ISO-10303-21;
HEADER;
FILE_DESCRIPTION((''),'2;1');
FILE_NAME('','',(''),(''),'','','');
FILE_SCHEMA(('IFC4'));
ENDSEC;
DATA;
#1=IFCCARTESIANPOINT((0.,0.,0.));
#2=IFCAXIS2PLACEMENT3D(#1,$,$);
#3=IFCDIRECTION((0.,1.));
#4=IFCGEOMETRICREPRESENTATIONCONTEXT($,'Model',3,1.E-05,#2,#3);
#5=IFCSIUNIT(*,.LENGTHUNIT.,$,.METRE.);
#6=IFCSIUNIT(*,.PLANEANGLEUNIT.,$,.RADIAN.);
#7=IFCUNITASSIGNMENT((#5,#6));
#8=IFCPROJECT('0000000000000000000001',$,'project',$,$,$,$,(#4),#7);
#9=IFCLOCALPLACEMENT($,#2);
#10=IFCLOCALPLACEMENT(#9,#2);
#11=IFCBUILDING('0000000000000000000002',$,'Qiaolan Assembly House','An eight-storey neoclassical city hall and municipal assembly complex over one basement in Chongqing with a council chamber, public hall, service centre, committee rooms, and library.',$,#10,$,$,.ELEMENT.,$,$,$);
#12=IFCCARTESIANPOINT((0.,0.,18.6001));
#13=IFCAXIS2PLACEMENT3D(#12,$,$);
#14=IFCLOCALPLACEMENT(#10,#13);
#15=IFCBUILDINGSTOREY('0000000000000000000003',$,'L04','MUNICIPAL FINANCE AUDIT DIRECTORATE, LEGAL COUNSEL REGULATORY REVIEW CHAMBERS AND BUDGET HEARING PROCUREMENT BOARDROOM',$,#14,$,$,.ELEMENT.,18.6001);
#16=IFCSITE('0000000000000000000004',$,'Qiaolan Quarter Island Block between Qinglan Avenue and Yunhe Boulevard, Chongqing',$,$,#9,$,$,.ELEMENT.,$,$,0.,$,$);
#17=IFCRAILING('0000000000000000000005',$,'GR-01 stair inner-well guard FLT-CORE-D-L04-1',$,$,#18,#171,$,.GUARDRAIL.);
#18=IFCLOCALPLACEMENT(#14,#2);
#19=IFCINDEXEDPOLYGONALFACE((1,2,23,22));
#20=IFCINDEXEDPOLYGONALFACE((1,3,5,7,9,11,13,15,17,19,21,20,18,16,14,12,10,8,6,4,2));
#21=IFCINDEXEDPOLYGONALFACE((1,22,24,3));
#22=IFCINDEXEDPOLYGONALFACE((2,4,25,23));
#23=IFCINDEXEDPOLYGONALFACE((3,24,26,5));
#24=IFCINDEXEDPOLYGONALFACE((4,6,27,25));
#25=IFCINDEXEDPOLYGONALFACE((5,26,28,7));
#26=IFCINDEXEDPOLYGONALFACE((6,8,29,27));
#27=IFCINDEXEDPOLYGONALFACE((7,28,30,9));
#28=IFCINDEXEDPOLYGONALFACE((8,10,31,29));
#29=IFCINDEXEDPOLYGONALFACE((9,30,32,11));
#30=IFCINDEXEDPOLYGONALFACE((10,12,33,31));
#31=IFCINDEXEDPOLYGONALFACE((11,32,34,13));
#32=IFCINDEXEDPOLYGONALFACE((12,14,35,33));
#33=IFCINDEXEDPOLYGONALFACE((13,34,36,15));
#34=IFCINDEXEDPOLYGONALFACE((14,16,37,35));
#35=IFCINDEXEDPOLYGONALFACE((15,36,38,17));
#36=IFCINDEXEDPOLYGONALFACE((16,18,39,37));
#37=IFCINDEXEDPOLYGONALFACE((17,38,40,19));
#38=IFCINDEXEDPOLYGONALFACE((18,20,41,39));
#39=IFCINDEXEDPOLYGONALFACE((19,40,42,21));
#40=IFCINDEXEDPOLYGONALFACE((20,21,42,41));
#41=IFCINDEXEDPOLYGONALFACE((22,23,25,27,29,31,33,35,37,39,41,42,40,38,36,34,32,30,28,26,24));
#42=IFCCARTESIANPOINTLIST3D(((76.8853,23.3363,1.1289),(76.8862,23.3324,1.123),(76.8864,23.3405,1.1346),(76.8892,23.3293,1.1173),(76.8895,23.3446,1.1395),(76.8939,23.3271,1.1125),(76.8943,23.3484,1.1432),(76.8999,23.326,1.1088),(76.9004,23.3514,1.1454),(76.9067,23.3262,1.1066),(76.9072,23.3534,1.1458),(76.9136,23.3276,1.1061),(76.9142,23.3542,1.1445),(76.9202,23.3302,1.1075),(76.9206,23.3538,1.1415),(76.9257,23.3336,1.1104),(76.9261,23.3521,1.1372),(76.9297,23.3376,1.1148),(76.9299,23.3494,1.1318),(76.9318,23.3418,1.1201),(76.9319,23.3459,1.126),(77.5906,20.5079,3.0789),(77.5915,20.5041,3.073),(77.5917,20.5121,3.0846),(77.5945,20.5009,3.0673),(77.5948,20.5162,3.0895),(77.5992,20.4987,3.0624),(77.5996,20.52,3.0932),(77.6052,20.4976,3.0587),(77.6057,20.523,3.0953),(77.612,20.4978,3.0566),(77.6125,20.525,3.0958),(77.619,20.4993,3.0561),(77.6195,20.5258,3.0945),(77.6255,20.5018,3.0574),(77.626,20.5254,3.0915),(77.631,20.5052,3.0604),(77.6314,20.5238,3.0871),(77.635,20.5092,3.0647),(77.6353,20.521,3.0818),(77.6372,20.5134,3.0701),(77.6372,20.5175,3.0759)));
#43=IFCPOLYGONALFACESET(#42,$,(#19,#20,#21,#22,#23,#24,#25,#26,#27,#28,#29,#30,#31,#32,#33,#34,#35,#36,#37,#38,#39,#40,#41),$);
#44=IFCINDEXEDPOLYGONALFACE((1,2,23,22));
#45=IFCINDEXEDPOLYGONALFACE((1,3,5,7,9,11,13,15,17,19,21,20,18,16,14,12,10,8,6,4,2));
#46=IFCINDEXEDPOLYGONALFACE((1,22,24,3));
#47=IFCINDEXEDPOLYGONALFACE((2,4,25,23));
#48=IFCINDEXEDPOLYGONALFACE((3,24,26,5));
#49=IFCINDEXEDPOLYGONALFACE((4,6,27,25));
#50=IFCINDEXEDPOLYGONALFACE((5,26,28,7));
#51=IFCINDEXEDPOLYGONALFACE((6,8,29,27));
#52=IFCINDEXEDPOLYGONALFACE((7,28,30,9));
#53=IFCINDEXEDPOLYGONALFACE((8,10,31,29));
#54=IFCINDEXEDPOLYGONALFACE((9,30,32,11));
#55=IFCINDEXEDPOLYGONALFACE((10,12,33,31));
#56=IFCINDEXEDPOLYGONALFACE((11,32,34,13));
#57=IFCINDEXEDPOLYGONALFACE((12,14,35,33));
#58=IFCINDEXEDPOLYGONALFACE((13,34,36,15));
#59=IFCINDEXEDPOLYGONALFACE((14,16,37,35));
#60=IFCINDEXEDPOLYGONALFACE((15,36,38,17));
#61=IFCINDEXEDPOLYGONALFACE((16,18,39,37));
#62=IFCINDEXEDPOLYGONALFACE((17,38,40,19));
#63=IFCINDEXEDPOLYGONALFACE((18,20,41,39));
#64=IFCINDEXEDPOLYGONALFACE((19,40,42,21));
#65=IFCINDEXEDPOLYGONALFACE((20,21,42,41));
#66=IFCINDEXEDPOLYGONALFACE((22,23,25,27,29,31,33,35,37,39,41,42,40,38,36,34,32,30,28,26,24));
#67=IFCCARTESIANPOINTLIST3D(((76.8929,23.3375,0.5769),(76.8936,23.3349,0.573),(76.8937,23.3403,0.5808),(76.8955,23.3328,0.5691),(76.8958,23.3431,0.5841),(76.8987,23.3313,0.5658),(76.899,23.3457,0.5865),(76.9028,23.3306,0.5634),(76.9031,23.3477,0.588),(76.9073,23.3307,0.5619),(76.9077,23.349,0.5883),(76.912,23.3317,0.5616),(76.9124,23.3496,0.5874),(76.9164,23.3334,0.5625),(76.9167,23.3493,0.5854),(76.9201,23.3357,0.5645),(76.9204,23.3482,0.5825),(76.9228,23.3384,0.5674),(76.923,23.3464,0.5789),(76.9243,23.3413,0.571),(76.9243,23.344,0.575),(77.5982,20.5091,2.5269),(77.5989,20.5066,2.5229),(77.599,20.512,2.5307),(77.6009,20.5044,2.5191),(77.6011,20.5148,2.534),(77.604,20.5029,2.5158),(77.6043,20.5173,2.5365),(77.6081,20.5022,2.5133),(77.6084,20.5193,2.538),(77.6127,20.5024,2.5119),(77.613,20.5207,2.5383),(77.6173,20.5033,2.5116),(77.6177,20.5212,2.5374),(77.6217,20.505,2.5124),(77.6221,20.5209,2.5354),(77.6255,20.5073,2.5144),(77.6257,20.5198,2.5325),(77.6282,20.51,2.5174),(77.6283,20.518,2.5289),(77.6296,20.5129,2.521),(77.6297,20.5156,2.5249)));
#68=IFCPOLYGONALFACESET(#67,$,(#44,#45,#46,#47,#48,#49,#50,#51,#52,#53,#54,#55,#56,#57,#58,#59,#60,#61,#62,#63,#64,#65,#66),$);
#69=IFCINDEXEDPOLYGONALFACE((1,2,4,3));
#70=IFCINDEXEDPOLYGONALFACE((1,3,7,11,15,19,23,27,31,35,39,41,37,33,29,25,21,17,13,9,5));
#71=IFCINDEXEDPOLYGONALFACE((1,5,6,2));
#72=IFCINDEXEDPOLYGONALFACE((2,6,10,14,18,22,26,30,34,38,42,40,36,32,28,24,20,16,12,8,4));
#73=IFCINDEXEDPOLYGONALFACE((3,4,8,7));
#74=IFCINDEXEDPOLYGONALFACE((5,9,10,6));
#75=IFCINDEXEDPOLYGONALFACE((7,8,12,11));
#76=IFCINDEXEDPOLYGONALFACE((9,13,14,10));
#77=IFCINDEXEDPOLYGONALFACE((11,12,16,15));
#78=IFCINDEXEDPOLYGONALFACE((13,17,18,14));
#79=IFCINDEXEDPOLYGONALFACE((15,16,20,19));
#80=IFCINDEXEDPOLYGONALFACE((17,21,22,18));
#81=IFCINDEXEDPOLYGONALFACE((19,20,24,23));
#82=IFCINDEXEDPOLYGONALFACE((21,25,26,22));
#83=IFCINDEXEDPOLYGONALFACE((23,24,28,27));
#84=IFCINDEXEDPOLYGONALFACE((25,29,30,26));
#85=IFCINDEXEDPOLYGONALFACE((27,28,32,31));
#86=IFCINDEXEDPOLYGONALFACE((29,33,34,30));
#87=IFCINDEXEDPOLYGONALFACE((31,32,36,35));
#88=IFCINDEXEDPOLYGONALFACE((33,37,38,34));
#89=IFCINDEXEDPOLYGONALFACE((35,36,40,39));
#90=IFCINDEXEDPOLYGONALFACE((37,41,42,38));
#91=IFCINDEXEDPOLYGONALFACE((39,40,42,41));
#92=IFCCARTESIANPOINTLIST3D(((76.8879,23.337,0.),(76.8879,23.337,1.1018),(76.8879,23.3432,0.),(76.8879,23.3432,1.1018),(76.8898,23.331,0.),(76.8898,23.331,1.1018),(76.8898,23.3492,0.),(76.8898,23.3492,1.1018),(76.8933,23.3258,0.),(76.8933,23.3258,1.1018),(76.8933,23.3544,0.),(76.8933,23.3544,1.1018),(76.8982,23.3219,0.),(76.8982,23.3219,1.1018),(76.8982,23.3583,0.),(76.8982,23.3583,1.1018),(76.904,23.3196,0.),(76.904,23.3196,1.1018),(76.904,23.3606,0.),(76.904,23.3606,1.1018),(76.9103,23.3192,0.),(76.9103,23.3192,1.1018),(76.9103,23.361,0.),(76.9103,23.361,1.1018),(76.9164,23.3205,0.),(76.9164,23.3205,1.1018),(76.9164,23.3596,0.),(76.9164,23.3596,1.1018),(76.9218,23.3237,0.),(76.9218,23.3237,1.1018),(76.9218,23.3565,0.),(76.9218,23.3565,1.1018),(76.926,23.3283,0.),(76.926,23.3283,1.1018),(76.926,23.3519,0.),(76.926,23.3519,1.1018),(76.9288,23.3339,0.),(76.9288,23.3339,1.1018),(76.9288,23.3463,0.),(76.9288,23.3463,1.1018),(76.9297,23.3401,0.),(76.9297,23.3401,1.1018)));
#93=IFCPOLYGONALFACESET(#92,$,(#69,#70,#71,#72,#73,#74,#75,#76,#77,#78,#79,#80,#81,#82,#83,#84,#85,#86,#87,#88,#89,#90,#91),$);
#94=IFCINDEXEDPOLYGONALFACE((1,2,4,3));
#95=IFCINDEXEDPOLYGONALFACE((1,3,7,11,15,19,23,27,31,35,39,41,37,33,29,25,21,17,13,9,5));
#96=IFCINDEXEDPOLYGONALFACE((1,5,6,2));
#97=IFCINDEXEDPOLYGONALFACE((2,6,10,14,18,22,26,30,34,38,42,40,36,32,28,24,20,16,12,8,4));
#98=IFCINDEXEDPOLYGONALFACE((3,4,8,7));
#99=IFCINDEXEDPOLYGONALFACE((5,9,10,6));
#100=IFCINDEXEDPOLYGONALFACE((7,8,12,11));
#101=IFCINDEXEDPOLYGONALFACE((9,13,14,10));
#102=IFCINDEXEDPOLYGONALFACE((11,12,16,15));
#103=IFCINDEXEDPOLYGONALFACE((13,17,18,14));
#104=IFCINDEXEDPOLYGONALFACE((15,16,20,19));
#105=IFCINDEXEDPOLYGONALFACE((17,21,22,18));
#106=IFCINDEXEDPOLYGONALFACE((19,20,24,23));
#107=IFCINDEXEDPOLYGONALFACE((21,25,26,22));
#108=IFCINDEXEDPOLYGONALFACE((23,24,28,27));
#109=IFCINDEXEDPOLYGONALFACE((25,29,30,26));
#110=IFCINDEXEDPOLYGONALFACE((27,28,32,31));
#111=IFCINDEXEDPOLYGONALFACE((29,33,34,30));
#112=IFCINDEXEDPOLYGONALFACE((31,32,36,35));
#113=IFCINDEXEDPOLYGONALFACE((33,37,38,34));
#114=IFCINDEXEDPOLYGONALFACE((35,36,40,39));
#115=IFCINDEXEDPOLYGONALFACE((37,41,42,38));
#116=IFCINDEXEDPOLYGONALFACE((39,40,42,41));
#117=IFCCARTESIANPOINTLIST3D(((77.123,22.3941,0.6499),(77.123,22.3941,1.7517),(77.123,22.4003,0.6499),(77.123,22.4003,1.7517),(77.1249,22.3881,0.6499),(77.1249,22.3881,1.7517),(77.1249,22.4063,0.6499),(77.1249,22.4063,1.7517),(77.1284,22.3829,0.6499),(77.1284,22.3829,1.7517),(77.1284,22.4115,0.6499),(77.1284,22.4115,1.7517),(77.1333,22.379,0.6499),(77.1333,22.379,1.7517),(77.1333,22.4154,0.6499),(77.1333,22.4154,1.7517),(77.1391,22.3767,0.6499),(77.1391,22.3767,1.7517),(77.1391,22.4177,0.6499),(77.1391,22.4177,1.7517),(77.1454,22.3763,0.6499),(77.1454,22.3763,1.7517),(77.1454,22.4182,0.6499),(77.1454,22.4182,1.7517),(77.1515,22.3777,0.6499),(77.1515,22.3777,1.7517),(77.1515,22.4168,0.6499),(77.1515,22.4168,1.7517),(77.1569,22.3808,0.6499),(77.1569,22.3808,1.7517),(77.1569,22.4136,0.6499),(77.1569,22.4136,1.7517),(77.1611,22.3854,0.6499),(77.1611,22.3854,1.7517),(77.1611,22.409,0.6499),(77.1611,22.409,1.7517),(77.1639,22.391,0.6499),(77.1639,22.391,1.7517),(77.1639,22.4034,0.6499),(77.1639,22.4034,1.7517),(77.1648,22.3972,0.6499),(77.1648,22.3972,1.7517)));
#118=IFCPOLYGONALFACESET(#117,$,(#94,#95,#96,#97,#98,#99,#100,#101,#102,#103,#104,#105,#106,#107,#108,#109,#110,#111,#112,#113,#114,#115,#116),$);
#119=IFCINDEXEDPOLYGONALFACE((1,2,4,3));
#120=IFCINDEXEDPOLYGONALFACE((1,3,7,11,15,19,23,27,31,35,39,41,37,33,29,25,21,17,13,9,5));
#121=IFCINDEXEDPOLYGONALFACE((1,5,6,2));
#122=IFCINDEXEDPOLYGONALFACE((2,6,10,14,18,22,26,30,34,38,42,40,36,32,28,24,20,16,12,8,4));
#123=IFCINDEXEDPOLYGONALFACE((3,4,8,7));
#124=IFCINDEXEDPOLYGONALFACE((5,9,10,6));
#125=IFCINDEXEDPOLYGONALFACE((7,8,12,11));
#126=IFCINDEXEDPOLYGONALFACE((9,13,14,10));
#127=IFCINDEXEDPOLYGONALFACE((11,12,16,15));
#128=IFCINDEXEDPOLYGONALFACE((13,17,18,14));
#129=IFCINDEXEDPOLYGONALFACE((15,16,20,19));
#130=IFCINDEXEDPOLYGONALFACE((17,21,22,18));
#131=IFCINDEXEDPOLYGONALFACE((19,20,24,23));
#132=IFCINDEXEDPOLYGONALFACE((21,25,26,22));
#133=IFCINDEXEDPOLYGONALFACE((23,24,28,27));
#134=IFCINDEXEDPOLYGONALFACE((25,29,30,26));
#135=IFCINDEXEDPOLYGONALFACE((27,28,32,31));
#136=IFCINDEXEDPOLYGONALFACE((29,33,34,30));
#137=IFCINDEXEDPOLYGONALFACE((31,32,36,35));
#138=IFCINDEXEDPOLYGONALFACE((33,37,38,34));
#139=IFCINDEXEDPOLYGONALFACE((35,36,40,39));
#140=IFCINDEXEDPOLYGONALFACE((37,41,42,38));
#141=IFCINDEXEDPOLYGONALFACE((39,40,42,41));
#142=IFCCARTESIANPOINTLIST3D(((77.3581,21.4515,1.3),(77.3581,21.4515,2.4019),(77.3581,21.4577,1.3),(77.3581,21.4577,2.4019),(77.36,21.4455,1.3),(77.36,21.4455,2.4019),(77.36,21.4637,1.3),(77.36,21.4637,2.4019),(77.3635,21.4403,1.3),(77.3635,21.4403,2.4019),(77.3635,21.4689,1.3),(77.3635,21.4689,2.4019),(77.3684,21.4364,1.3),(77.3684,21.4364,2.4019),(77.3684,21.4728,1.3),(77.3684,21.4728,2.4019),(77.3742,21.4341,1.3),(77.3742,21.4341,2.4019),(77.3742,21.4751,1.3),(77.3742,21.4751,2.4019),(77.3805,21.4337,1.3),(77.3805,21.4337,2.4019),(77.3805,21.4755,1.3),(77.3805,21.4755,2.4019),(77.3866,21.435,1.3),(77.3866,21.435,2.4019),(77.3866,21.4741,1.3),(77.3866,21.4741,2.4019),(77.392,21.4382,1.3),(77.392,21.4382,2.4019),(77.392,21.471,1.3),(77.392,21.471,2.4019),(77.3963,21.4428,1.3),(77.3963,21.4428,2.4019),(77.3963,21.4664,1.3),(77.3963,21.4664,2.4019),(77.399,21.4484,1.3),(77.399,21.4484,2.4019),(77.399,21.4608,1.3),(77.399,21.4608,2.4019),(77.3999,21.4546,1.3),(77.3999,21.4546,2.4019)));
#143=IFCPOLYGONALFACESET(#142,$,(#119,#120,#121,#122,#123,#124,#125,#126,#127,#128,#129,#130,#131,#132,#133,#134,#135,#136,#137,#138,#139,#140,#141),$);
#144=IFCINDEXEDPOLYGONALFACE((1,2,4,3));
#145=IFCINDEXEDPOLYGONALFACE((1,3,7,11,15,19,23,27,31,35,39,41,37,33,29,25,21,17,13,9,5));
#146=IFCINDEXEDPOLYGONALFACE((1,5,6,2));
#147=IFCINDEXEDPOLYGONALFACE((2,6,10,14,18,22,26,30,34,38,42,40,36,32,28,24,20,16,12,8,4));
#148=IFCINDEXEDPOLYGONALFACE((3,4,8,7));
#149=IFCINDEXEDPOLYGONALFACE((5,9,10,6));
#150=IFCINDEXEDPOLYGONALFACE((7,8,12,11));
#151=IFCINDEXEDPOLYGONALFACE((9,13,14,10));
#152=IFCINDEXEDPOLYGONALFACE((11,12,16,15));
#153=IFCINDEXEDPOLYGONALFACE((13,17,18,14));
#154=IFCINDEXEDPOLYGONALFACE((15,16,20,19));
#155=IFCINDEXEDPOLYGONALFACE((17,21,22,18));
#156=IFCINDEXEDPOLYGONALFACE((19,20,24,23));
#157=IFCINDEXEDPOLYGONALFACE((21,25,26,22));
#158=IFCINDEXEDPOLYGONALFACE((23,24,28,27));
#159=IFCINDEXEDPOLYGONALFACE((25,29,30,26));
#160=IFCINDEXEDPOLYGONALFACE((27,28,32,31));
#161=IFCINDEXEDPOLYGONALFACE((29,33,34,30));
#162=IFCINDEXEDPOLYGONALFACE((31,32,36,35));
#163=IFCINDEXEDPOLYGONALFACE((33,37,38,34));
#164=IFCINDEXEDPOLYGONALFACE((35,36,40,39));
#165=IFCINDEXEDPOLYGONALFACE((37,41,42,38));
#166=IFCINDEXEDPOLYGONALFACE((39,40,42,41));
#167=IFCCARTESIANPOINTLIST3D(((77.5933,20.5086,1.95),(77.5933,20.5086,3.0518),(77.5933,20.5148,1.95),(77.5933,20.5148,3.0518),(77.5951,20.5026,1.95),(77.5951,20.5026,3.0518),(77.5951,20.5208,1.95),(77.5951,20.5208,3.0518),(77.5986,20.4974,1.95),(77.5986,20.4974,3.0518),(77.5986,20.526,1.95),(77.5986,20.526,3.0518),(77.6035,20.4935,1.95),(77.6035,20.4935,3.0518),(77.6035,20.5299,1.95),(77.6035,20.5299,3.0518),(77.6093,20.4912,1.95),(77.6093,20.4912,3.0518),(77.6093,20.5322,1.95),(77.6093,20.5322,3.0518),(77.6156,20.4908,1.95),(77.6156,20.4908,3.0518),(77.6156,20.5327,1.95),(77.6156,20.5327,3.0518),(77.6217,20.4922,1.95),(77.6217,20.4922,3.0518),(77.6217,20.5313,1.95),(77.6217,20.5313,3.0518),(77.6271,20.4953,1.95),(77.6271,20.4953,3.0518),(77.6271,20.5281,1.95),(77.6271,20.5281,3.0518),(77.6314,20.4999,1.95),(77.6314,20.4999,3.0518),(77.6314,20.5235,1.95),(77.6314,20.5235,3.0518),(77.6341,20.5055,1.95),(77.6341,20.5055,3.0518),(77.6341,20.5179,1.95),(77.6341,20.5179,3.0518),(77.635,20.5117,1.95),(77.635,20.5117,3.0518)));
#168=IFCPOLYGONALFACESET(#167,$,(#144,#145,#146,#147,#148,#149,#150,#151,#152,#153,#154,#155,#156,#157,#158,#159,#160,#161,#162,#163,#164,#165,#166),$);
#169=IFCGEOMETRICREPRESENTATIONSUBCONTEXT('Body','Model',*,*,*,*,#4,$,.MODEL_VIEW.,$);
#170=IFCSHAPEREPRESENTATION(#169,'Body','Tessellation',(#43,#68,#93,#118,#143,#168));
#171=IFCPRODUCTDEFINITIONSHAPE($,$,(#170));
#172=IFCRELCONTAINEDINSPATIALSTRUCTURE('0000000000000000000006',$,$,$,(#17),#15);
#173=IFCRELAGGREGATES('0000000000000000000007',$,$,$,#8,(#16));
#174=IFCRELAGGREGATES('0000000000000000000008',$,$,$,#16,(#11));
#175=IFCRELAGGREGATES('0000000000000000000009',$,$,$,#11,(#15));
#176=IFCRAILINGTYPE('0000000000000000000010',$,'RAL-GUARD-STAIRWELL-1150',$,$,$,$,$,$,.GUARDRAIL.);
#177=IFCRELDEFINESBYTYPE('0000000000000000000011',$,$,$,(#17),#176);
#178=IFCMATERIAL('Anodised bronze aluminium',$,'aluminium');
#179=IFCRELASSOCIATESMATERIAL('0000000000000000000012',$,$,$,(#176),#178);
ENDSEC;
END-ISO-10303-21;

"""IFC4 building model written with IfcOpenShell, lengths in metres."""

from ifc_helpers import new_model, si_unit, direction, frame, origin, origin_2d, place, context, subcontext, project, spatial, circle, extrude, material, type_object, element, save


model = new_model("IFC4")

# Units and contexts
model_context = context("Model", 3, precision=1e-05, world=origin(), true_north=direction((0.0, 1.0)))
body_context = subcontext(model_context, "Body", "Model", "MODEL_VIEW")
ifc_project = project(units=[si_unit("LENGTHUNIT", "METRE"), si_unit("PLANEANGLEUNIT", "RADIAN")], contexts=[model_context])

# Site, building, storey
site_placement = place(None, origin())
site = spatial("IfcSite", under=ifc_project, at=site_placement, Name="Qiaolan Quarter Island Block between Qinglan Avenue and Yunhe Boulevard, Chongqing", CompositionType="ELEMENT", RefElevation=0.0)
building_placement = place(site_placement, origin())
building = spatial("IfcBuilding", under=site, at=building_placement, Name="Qiaolan Assembly House", Description="An eight-storey neoclassical city hall and municipal assembly complex over one basement in Chongqing with a council chamber, public hall, service centre, committee rooms, and library.", CompositionType="ELEMENT")
storey_placement = place(building_placement, frame((0.0, 0.0, 18.6001)))
storey = spatial("IfcBuildingStorey", under=building, at=storey_placement, Name="L04", Description="MUNICIPAL FINANCE AUDIT DIRECTORATE, LEGAL COUNSEL REGULATORY REVIEW CHAMBERS AND BUDGET HEARING PROCUREMENT BOARDROOM", CompositionType="ELEMENT", Elevation=18.6001)

# Railing
ifc_material_1 = material(Name="Anodised bronze aluminium", Category="aluminium")
railing_type_1 = type_object("IfcRailingType", Name="RAL-GUARD-STAIRWELL-1150", PredefinedType="GUARDRAIL", material=ifc_material_1)
railing_1_placement = place(storey_placement, frame((76.9087, 23.3401, 0.0)))
element("IfcRailing", 1, at=railing_1_placement, inside=storey, type_object=railing_type_1, Name="GR-01 stair inner-well guard FLT-CORE-D-L04-1", PredefinedType="GUARDRAIL", context=body_context, shape_type="SweptSolid", body=[
    extrude(circle(Radius=0.0239, at=origin_2d()), frame((0.0, 0.0, 1.126), z_axis=(0.201115, -0.806479, 0.556008), x_axis=(0.970285, 0.241964, 0.0)), (0.0, 0.0, 1.0), 3.5071),
    extrude(circle(Radius=0.0161, at=origin_2d()), frame((0.0, 0.0, 0.575), z_axis=(0.201115, -0.806479, 0.556008), x_axis=(0.970285, 0.241964, 0.0)), (0.0, 0.0, 1.0), 3.5071),
    extrude(circle(Radius=0.021, at=origin_2d()), origin(), (0.0, 0.0, 1.0), 1.1018),
    extrude(circle(Radius=0.021, at=origin_2d()), frame((0.2351, -0.9429, 0.6499)), (0.0, 0.0, 1.0), 1.1018),
    extrude(circle(Radius=0.021, at=origin_2d()), frame((0.4702, -1.8855, 1.3)), (0.0, 0.0, 1.0), 1.1018),
    extrude(circle(Radius=0.021, at=origin_2d()), frame((0.7053, -2.8284, 1.95)), (0.0, 0.0, 1.0), 1.1018),
])

save(model, "model.ifc")
